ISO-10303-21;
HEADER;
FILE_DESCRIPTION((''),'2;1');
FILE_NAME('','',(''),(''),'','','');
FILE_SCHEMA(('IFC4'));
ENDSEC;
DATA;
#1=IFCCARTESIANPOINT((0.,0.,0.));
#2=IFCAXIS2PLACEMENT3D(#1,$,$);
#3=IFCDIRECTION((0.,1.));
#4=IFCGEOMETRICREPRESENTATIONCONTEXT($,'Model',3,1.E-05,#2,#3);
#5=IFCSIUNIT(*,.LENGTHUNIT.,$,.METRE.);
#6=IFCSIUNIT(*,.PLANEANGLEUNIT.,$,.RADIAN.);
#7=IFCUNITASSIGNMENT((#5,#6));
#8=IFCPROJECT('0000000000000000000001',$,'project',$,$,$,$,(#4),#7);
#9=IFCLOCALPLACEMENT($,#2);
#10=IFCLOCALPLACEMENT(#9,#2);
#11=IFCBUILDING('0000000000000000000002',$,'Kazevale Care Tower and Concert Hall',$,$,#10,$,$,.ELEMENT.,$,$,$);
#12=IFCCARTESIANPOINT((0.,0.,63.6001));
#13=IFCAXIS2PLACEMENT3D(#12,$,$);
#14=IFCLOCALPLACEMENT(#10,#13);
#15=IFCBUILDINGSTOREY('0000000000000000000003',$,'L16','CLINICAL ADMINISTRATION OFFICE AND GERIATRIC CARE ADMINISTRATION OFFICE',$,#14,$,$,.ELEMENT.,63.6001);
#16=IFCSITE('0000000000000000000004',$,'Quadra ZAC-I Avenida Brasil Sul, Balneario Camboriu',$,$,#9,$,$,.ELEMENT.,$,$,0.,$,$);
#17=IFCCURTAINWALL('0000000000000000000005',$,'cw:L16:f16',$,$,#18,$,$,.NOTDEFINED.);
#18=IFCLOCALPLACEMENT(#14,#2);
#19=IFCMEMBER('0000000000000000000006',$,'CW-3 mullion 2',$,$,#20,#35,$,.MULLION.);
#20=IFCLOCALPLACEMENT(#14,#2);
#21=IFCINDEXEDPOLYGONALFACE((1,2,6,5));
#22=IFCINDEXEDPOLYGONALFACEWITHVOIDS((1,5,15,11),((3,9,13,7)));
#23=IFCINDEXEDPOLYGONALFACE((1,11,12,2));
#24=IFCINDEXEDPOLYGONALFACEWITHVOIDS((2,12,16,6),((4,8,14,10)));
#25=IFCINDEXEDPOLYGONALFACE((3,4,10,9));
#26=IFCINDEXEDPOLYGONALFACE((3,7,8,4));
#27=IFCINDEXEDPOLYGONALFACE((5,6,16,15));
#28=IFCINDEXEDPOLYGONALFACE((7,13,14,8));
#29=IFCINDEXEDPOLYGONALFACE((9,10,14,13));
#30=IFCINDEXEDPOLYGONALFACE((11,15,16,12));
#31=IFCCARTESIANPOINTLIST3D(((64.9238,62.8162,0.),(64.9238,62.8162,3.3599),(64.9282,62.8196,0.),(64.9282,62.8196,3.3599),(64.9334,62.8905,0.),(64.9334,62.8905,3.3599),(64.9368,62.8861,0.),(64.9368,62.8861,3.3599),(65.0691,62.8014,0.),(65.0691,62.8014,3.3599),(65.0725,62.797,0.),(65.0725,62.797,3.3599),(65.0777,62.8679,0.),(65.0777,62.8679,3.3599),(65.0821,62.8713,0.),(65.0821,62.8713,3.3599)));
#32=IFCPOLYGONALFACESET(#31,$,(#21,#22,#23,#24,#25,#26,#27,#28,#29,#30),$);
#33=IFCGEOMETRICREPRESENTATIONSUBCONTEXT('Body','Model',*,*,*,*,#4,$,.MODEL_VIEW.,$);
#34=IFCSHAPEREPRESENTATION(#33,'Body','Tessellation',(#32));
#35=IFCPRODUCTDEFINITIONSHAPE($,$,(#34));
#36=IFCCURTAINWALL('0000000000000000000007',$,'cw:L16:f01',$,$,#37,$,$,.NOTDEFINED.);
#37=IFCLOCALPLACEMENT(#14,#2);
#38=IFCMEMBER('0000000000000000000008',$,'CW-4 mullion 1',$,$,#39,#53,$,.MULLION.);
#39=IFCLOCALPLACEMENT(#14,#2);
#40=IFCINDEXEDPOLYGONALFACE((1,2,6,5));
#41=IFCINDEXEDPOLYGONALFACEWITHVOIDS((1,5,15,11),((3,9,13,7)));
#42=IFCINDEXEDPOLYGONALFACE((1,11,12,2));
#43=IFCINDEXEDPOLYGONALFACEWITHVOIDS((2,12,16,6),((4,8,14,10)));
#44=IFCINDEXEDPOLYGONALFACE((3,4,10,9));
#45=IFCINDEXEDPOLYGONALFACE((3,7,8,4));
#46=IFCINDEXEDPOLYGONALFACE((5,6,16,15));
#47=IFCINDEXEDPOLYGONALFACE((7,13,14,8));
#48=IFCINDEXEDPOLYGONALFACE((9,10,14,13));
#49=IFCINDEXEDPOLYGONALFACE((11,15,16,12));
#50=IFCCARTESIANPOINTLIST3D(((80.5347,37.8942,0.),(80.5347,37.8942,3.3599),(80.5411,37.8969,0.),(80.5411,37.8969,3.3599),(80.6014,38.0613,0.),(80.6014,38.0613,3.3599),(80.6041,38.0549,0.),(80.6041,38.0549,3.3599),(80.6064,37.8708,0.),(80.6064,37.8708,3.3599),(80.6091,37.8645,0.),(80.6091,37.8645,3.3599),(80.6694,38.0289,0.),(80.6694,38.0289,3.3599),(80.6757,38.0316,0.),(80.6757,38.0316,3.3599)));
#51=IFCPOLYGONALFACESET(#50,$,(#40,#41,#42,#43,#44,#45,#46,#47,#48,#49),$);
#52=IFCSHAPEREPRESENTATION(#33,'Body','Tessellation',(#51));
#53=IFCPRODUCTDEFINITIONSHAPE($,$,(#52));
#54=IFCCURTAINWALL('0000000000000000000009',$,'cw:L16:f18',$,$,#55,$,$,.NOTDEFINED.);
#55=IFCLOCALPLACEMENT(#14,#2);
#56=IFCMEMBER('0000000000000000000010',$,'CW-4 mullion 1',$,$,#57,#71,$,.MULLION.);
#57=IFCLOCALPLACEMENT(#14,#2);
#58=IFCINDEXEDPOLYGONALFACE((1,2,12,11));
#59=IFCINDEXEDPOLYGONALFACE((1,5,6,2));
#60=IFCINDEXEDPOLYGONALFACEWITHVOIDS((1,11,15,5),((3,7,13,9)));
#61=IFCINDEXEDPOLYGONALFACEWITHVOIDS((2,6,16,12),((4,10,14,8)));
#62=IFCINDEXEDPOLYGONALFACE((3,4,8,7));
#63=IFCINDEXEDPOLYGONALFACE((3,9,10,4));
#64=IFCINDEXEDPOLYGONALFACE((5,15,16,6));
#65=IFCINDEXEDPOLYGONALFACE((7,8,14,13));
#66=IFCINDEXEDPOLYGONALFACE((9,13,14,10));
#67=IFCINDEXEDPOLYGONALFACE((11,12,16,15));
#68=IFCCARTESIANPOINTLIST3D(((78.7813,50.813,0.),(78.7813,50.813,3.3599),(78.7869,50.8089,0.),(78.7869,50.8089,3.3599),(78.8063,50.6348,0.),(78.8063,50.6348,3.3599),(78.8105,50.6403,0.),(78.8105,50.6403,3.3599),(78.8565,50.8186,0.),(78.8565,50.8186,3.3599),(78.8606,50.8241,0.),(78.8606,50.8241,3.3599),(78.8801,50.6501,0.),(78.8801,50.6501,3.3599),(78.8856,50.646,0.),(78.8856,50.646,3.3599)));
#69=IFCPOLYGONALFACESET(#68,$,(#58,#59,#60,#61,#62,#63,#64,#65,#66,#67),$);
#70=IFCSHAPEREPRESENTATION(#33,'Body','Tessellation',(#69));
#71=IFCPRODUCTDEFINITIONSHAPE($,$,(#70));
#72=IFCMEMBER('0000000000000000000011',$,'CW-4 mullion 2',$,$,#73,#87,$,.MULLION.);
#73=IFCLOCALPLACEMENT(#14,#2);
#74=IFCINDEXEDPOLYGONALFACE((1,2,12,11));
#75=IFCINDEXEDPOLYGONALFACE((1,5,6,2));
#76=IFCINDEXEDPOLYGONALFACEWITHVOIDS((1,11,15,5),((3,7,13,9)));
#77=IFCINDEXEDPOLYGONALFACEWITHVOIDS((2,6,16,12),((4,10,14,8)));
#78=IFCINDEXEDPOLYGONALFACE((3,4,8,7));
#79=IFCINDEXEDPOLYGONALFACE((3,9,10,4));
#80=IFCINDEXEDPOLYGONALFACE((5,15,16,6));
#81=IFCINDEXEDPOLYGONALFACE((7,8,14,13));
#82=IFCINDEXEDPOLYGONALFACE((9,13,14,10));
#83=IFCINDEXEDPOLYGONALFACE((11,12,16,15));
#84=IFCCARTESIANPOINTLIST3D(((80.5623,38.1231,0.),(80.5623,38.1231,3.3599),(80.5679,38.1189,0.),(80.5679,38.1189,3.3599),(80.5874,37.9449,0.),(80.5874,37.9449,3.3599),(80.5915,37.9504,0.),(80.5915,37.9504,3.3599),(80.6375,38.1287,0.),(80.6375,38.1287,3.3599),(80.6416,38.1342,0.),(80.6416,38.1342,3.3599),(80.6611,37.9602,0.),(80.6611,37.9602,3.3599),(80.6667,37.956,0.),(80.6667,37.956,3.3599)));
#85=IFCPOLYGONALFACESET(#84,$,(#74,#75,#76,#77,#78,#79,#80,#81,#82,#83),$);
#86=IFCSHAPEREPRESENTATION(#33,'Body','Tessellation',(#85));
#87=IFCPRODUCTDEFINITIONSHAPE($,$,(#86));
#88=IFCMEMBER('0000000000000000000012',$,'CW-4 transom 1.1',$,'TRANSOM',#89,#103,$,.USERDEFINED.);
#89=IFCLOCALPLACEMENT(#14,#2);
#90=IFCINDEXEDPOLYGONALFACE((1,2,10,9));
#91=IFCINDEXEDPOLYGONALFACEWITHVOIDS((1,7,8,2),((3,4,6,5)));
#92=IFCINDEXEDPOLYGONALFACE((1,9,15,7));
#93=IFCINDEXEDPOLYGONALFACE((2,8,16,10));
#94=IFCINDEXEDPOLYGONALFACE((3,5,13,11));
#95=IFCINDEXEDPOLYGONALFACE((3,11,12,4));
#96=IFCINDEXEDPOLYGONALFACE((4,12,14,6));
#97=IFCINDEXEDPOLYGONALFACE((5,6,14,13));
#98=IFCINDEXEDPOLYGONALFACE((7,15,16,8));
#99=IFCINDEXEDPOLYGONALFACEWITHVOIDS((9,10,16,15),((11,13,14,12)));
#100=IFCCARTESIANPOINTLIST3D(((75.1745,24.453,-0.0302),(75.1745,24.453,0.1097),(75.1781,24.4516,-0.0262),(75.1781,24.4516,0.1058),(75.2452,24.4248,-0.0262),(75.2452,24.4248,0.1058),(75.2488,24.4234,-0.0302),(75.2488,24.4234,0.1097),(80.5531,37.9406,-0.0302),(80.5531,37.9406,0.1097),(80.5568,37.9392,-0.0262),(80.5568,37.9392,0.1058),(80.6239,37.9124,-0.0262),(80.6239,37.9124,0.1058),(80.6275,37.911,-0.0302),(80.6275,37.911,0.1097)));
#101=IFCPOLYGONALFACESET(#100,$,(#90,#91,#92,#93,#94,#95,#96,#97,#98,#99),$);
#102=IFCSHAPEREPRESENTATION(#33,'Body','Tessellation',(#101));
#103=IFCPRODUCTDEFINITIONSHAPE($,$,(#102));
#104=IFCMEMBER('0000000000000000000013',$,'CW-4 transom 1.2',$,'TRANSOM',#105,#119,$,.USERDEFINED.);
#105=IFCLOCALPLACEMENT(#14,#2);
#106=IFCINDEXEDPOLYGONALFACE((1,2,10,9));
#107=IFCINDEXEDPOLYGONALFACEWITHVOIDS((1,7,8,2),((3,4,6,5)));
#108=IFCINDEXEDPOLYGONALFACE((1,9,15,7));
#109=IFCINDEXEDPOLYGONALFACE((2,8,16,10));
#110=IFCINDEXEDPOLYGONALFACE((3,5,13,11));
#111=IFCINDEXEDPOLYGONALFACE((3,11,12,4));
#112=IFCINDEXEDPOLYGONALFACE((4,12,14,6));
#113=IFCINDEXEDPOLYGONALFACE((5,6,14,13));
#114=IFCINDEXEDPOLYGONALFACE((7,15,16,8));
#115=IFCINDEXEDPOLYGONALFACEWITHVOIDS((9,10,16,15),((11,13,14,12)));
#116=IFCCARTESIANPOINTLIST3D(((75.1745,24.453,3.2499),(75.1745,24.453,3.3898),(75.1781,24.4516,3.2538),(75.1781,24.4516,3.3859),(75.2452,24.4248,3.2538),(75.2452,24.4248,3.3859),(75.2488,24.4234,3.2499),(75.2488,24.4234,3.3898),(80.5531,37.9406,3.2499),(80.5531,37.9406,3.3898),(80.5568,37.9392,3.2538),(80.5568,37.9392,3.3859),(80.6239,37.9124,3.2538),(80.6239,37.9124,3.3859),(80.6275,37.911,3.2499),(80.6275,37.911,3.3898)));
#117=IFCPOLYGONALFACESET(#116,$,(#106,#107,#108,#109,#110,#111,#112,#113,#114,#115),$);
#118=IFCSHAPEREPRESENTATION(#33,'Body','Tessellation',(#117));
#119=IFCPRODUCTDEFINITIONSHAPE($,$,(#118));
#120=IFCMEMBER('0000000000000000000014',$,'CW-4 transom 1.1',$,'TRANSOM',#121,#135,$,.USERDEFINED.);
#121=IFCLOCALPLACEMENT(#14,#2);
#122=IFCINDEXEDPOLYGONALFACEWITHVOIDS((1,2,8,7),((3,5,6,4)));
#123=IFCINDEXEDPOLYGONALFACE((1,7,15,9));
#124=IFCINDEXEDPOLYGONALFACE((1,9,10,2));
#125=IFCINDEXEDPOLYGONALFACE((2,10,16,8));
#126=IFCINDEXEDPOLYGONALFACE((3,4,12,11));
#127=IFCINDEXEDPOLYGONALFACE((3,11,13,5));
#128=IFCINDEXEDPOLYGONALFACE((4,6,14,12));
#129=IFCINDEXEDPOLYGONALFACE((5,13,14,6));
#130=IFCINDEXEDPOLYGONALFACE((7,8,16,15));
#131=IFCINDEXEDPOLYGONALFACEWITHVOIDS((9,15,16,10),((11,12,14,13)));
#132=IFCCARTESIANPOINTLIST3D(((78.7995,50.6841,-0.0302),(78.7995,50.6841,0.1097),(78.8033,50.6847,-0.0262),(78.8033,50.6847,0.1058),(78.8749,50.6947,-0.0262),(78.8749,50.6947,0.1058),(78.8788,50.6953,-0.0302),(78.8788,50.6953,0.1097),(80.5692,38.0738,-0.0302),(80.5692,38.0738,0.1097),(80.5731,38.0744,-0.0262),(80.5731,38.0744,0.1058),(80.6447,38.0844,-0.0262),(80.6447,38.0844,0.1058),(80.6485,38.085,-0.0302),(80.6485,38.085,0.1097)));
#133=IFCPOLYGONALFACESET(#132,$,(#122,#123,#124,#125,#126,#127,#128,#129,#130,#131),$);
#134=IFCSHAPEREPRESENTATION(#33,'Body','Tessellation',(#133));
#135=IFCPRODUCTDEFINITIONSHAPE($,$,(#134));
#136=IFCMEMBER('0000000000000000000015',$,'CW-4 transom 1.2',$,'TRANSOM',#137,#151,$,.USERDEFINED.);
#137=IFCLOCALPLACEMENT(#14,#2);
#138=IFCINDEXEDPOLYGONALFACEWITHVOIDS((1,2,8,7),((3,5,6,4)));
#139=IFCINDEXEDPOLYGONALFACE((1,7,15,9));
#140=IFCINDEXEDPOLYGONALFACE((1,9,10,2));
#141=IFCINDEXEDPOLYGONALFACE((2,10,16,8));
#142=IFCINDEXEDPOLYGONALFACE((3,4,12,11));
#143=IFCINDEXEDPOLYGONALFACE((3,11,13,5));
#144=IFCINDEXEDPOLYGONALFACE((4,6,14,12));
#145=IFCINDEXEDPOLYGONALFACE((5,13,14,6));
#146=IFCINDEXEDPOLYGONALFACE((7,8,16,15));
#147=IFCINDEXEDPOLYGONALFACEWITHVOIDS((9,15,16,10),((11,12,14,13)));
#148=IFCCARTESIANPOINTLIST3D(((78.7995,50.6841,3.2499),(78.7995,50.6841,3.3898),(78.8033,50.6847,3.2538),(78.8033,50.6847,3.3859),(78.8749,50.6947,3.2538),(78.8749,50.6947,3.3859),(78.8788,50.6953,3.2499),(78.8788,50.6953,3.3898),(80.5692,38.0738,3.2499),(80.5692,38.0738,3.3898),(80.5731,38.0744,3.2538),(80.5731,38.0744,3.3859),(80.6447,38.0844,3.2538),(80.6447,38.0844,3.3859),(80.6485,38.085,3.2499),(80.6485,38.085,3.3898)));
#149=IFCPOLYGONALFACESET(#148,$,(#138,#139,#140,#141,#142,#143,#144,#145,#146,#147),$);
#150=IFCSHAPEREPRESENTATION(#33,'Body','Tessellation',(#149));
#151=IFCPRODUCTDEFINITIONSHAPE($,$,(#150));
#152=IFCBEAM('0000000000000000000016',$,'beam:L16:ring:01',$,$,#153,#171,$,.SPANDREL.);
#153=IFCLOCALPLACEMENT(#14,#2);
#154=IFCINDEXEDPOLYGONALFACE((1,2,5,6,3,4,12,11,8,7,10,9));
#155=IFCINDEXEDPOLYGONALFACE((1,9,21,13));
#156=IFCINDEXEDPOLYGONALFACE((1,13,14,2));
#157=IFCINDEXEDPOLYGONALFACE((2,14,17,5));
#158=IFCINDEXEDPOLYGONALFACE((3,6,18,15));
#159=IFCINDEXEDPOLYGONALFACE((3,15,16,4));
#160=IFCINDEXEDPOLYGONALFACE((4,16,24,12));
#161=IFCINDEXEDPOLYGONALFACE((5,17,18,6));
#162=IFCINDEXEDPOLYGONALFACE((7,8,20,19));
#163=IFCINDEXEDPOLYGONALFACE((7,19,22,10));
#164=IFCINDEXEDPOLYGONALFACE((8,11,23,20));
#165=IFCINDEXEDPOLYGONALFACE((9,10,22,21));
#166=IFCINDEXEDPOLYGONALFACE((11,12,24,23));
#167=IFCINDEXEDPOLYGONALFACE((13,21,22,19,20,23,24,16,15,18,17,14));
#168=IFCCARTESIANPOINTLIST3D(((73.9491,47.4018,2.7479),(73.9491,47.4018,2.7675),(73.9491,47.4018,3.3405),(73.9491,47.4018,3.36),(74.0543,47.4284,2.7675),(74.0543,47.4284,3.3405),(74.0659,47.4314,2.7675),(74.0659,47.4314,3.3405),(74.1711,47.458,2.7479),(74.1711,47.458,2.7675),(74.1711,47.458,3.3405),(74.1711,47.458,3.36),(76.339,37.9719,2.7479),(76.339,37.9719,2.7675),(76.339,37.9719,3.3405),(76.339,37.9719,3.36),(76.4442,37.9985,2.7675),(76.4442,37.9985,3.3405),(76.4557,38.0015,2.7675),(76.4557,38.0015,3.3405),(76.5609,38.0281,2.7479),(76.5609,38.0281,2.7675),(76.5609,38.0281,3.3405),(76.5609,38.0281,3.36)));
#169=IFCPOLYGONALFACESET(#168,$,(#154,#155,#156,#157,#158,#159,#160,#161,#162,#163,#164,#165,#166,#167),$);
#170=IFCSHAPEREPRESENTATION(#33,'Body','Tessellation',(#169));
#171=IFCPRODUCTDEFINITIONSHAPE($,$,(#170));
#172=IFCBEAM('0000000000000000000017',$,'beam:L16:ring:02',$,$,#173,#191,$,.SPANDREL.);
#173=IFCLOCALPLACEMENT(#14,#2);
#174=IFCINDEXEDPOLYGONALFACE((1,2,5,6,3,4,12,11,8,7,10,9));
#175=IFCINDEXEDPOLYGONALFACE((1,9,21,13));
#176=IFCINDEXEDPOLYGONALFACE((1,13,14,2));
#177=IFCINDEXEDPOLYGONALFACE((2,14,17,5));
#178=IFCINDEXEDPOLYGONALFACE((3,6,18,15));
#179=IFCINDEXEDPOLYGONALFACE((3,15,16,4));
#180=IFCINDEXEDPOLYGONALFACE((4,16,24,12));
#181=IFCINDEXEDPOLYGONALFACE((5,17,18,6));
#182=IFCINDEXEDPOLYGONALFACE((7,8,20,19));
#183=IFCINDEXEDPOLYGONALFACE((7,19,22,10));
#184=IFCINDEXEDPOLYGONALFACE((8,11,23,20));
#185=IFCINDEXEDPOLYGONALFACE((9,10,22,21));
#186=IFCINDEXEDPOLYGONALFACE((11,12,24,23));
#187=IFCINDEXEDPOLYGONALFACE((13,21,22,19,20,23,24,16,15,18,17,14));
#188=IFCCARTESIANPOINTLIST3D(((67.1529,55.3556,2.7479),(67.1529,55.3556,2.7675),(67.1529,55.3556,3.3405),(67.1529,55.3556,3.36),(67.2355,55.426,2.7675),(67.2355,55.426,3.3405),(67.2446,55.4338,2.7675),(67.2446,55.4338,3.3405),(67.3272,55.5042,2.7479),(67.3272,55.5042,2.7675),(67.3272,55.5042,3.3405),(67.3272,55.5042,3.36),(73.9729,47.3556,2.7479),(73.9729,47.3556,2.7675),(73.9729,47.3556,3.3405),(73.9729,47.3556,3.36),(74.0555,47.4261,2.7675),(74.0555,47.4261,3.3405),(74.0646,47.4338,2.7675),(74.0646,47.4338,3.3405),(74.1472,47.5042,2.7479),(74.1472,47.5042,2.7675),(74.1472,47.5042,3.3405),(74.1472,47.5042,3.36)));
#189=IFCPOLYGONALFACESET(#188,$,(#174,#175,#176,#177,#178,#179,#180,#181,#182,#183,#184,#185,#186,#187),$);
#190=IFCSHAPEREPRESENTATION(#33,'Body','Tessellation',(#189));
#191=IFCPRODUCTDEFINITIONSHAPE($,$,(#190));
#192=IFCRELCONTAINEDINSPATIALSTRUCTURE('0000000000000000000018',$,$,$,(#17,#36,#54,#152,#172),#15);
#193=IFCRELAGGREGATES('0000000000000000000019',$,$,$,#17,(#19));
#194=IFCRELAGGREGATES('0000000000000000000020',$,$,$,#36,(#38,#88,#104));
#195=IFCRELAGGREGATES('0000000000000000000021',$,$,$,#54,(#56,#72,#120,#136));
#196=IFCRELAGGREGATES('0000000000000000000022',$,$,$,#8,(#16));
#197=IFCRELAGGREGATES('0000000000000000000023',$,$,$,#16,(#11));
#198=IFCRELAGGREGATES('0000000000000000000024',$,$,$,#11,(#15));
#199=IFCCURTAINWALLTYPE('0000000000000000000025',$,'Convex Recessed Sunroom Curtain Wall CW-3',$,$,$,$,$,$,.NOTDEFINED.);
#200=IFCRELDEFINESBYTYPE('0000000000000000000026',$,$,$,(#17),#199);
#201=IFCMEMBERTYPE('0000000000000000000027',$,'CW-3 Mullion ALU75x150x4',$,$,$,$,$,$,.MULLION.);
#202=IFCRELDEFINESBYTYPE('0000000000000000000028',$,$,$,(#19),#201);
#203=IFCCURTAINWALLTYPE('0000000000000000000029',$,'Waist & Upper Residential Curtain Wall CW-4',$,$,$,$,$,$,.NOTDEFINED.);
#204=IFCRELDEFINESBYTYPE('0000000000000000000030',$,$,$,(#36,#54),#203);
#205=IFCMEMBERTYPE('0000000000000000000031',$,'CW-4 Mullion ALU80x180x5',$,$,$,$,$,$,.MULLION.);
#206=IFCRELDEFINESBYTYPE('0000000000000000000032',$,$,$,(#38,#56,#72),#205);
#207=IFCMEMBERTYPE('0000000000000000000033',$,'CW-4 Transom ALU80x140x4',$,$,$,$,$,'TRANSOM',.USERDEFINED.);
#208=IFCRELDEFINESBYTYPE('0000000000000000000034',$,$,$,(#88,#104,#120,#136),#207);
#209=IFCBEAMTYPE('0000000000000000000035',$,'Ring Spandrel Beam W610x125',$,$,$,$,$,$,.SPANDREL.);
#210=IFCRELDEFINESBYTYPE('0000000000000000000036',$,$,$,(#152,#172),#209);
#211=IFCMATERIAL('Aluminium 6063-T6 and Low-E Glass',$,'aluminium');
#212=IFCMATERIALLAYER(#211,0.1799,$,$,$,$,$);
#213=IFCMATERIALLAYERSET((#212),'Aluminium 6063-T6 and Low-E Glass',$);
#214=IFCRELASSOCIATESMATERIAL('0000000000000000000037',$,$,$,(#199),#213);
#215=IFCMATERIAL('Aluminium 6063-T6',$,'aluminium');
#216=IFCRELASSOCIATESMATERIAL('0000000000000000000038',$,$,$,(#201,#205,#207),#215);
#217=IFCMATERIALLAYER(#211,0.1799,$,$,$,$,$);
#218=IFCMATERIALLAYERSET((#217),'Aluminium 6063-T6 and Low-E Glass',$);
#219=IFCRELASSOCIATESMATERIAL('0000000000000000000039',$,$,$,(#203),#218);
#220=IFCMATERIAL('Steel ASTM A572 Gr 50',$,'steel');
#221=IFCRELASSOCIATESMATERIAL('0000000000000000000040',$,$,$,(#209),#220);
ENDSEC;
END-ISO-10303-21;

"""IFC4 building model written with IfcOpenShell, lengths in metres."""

from ifc_helpers import new_model, si_unit, direction, frame, origin, origin_2d, place, context, subcontext, project, spatial, hollow_rectangle, i_section, extrude, material, layer, layer_set, material_profile, profile_set, type_object, element, aggregate, save


model = new_model("IFC4")

# Units and contexts
model_context = context("Model", 3, precision=1e-05, world=origin(), true_north=direction((0.0, 1.0)))
body_context = subcontext(model_context, "Body", "Model", "MODEL_VIEW")
ifc_project = project(units=[si_unit("LENGTHUNIT", "METRE"), si_unit("PLANEANGLEUNIT", "RADIAN")], contexts=[model_context])

# Site, building, storey
site_placement = place(None, origin())
site = spatial("IfcSite", under=ifc_project, at=site_placement, Name="Quadra ZAC-I Avenida Brasil Sul, Balneario Camboriu", CompositionType="ELEMENT", RefElevation=0.0)
building_placement = place(site_placement, origin())
building = spatial("IfcBuilding", under=site, at=building_placement, Name="Kazevale Care Tower and Concert Hall", CompositionType="ELEMENT")
storey_placement = place(building_placement, frame((0.0, 0.0, 63.6001)))
storey = spatial("IfcBuildingStorey", under=building, at=storey_placement, Name="L16", Description="CLINICAL ADMINISTRATION OFFICE AND GERIATRIC CARE ADMINISTRATION OFFICE", CompositionType="ELEMENT", Elevation=63.6001)

# Curtain walls, members
ifc_material_1 = material(Name="Aluminium 6063-T6 and Low-E Glass", Category="aluminium")
ifc_layer_1 = layer(ifc_material_1, 0.1799)
ifc_layer_set_1 = layer_set([ifc_layer_1], Name="Aluminium 6063-T6 and Low-E Glass")
curtain_wall_type_1 = type_object("IfcCurtainWallType", Name="Convex Recessed Sunroom Curtain Wall CW-3", PredefinedType="NOTDEFINED", material=ifc_layer_set_1)
curtain_wall_1_placement = place(storey_placement, origin())
curtain_wall_1 = element("IfcCurtainWall", 1, at=curtain_wall_1_placement, inside=storey, type_object=curtain_wall_type_1, Name="cw:L16:f16", PredefinedType="NOTDEFINED")
ifc_material_2 = material(Name="Aluminium 6063-T6", Category="aluminium")
ifc_material_profile_1 = material_profile(ifc_material_2, hollow_rectangle(XDim=0.075, YDim=0.1499, WallThickness=0.0039, at=origin_2d()), Name="ALU75x150x4")
ifc_profile_set_1 = profile_set([ifc_material_profile_1], Name="Aluminium 6063-T6")
member_type_1 = type_object("IfcMemberType", Name="CW-3 Mullion ALU75x150x4", PredefinedType="MULLION", material=ifc_profile_set_1)
member_1_placement = place(storey_placement, frame((65.0029, 62.8438, 0.0), z_axis=(0.0, 0.0, 1.0), x_axis=(0.128086, 0.991763, 0.0)))
member_1 = element("IfcMember", 2, at=member_1_placement, type_object=member_type_1, Name="CW-3 mullion 2", PredefinedType="MULLION", context=body_context, shape_type="SweptSolid", body=[
    extrude(hollow_rectangle(XDim=0.075, YDim=0.1499, WallThickness=0.0039, at=origin_2d()), origin(), (0.0, 0.0, 1.0), 3.3599),
])
ifc_layer_2 = layer(ifc_material_1, 0.1799)
ifc_layer_set_2 = layer_set([ifc_layer_2], Name="Aluminium 6063-T6 and Low-E Glass")
curtain_wall_type_2 = type_object("IfcCurtainWallType", Name="Waist & Upper Residential Curtain Wall CW-4", PredefinedType="NOTDEFINED", material=ifc_layer_set_2)
curtain_wall_2_placement = place(storey_placement, origin())
curtain_wall_2 = element("IfcCurtainWall", 3, at=curtain_wall_2_placement, inside=storey, type_object=curtain_wall_type_2, Name="cw:L16:f01", PredefinedType="NOTDEFINED")
ifc_material_profile_2 = material_profile(ifc_material_2, hollow_rectangle(XDim=0.0801, YDim=0.1799, WallThickness=0.0049, at=origin_2d()), Name="ALU80x180x5")
ifc_profile_set_2 = profile_set([ifc_material_profile_2], Name="Aluminium 6063-T6")
member_type_2 = type_object("IfcMemberType", Name="CW-4 Mullion ALU80x180x5", PredefinedType="MULLION", material=ifc_profile_set_2)
member_2_placement = place(storey_placement, frame((80.6052, 37.9629, 0.0), z_axis=(0.0, 0.0, 1.0), x_axis=(0.928861, -0.370427, 0.0)))
member_2 = element("IfcMember", 4, at=member_2_placement, type_object=member_type_2, Name="CW-4 mullion 1", PredefinedType="MULLION", context=body_context, shape_type="SweptSolid", body=[
    extrude(hollow_rectangle(XDim=0.0801, YDim=0.1799, WallThickness=0.0049, at=origin_2d()), origin(), (0.0, 0.0, 1.0), 3.3599),
])

# Curtain wall, members
curtain_wall_3_placement = place(storey_placement, origin())
curtain_wall_3 = element("IfcCurtainWall", 5, at=curtain_wall_3_placement, inside=storey, type_object=curtain_wall_type_2, Name="cw:L16:f18", PredefinedType="NOTDEFINED")
member_3_placement = place(storey_placement, frame((78.8335, 50.7295, 0.0), z_axis=(0.0, 0.0, 1.0), x_axis=(0.990295, 0.138978, 0.0)))
member_3 = element("IfcMember", 6, at=member_3_placement, type_object=member_type_2, Name="CW-4 mullion 1", PredefinedType="MULLION", context=body_context, shape_type="SweptSolid", body=[
    extrude(hollow_rectangle(XDim=0.0801, YDim=0.1799, WallThickness=0.0049, at=origin_2d()), origin(), (0.0, 0.0, 1.0), 3.3599),
])
member_4_placement = place(storey_placement, frame((80.6145, 38.0396, 0.0), z_axis=(0.0, 0.0, 1.0), x_axis=(0.990295, 0.138978, 0.0)))
member_4 = element("IfcMember", 7, at=member_4_placement, type_object=member_type_2, Name="CW-4 mullion 2", PredefinedType="MULLION", context=body_context, shape_type="SweptSolid", body=[
    extrude(hollow_rectangle(XDim=0.0801, YDim=0.1799, WallThickness=0.0049, at=origin_2d()), origin(), (0.0, 0.0, 1.0), 3.3599),
])

# Members
ifc_material_profile_3 = material_profile(ifc_material_2, hollow_rectangle(XDim=0.0801, YDim=0.1399, WallThickness=0.0039, at=origin_2d()), Name="ALU80x140x4")
ifc_profile_set_3 = profile_set([ifc_material_profile_3], Name="Aluminium 6063-T6")
member_type_3 = type_object("IfcMemberType", Name="CW-4 Transom ALU80x140x4", ElementType="TRANSOM", PredefinedType="USERDEFINED", material=ifc_profile_set_3)
member_5_placement = place(storey_placement, frame((80.5903, 37.9258, 0.0398), z_axis=(-0.370419, -0.928865, 0.0), x_axis=(0.928865, -0.370419, 0.0)))
member_5 = element("IfcMember", 8, at=member_5_placement, type_object=member_type_3, Name="CW-4 transom 1.1", ObjectType="TRANSOM", PredefinedType="USERDEFINED", context=body_context, shape_type="SweptSolid", body=[
    extrude(hollow_rectangle(XDim=0.0801, YDim=0.1399, WallThickness=0.0039, at=origin_2d()), origin(), (0.0, 0.0, 1.0), 14.5205),
])
member_6_placement = place(storey_placement, frame((80.5903, 37.9258, 3.3198), z_axis=(-0.370419, -0.928865, 0.0), x_axis=(0.928865, -0.370419, 0.0)))
member_6 = element("IfcMember", 9, at=member_6_placement, type_object=member_type_3, Name="CW-4 transom 1.2", ObjectType="TRANSOM", PredefinedType="USERDEFINED", context=body_context, shape_type="SweptSolid", body=[
    extrude(hollow_rectangle(XDim=0.0801, YDim=0.1399, WallThickness=0.0039, at=origin_2d()), origin(), (0.0, 0.0, 1.0), 14.5205),
])
member_7_placement = place(storey_placement, frame((78.8391, 50.6897, 0.0398), z_axis=(0.138981, -0.990295, 0.0), x_axis=(0.990295, 0.138981, 0.0)))
member_7 = element("IfcMember", 10, at=member_7_placement, type_object=member_type_3, Name="CW-4 transom 1.1", ObjectType="TRANSOM", PredefinedType="USERDEFINED", context=body_context, shape_type="SweptSolid", body=[
    extrude(hollow_rectangle(XDim=0.0801, YDim=0.1399, WallThickness=0.0039, at=origin_2d()), origin(), (0.0, 0.0, 1.0), 12.7339),
])
member_8_placement = place(storey_placement, frame((78.8391, 50.6897, 3.3198), z_axis=(0.138981, -0.990295, 0.0), x_axis=(0.990295, 0.138981, 0.0)))
member_8 = element("IfcMember", 11, at=member_8_placement, type_object=member_type_3, Name="CW-4 transom 1.2", ObjectType="TRANSOM", PredefinedType="USERDEFINED", context=body_context, shape_type="SweptSolid", body=[
    extrude(hollow_rectangle(XDim=0.0801, YDim=0.1399, WallThickness=0.0039, at=origin_2d()), origin(), (0.0, 0.0, 1.0), 12.7339),
])

# Beams
ifc_material_3 = material(Name="Steel ASTM A572 Gr 50", Category="steel")
ifc_material_profile_4 = material_profile(ifc_material_3, i_section(OverallWidth=0.229, OverallDepth=0.6121, WebThickness=0.012, FlangeThickness=0.0195, at=origin_2d()), Name="W610x125")
ifc_profile_set_4 = profile_set([ifc_material_profile_4], Name="Steel ASTM A572 Gr 50")
beam_type_1 = type_object("IfcBeamType", Name="Ring Spandrel Beam W610x125", PredefinedType="SPANDREL", material=ifc_profile_set_4)
beam_1_placement = place(storey_placement, frame((76.45, 38.0, 3.054), z_axis=(-0.24567, 0.969354, 0.0), x_axis=(-0.969354, -0.24567, 0.0)))
element("IfcBeam", 12, at=beam_1_placement, inside=storey, type_object=beam_type_1, Name="beam:L16:ring:01", PredefinedType="SPANDREL", context=body_context, shape_type="SweptSolid", body=[
    extrude(i_section(OverallWidth=0.229, OverallDepth=0.6121, WebThickness=0.012, FlangeThickness=0.0195, at=origin_2d()), origin(), (0.0, 0.0, 1.0), 9.728),
])
beam_2_placement = place(storey_placement, frame((74.0601, 47.4299, 3.054), z_axis=(-0.648756, 0.760996, 0.0), x_axis=(-0.760996, -0.648756, 0.0)))
element("IfcBeam", 13, at=beam_2_placement, inside=storey, type_object=beam_type_1, Name="beam:L16:ring:02", PredefinedType="SPANDREL", context=body_context, shape_type="SweptSolid", body=[
    extrude(i_section(OverallWidth=0.229, OverallDepth=0.6121, WebThickness=0.012, FlangeThickness=0.0195, at=origin_2d()), origin(), (0.0, 0.0, 1.0), 10.5125),
])

aggregate(curtain_wall_1, [member_1])
aggregate(curtain_wall_2, [member_2, member_5, member_6])
aggregate(curtain_wall_3, [member_3, member_4, member_7, member_8])

save(model, "model.ifc")
